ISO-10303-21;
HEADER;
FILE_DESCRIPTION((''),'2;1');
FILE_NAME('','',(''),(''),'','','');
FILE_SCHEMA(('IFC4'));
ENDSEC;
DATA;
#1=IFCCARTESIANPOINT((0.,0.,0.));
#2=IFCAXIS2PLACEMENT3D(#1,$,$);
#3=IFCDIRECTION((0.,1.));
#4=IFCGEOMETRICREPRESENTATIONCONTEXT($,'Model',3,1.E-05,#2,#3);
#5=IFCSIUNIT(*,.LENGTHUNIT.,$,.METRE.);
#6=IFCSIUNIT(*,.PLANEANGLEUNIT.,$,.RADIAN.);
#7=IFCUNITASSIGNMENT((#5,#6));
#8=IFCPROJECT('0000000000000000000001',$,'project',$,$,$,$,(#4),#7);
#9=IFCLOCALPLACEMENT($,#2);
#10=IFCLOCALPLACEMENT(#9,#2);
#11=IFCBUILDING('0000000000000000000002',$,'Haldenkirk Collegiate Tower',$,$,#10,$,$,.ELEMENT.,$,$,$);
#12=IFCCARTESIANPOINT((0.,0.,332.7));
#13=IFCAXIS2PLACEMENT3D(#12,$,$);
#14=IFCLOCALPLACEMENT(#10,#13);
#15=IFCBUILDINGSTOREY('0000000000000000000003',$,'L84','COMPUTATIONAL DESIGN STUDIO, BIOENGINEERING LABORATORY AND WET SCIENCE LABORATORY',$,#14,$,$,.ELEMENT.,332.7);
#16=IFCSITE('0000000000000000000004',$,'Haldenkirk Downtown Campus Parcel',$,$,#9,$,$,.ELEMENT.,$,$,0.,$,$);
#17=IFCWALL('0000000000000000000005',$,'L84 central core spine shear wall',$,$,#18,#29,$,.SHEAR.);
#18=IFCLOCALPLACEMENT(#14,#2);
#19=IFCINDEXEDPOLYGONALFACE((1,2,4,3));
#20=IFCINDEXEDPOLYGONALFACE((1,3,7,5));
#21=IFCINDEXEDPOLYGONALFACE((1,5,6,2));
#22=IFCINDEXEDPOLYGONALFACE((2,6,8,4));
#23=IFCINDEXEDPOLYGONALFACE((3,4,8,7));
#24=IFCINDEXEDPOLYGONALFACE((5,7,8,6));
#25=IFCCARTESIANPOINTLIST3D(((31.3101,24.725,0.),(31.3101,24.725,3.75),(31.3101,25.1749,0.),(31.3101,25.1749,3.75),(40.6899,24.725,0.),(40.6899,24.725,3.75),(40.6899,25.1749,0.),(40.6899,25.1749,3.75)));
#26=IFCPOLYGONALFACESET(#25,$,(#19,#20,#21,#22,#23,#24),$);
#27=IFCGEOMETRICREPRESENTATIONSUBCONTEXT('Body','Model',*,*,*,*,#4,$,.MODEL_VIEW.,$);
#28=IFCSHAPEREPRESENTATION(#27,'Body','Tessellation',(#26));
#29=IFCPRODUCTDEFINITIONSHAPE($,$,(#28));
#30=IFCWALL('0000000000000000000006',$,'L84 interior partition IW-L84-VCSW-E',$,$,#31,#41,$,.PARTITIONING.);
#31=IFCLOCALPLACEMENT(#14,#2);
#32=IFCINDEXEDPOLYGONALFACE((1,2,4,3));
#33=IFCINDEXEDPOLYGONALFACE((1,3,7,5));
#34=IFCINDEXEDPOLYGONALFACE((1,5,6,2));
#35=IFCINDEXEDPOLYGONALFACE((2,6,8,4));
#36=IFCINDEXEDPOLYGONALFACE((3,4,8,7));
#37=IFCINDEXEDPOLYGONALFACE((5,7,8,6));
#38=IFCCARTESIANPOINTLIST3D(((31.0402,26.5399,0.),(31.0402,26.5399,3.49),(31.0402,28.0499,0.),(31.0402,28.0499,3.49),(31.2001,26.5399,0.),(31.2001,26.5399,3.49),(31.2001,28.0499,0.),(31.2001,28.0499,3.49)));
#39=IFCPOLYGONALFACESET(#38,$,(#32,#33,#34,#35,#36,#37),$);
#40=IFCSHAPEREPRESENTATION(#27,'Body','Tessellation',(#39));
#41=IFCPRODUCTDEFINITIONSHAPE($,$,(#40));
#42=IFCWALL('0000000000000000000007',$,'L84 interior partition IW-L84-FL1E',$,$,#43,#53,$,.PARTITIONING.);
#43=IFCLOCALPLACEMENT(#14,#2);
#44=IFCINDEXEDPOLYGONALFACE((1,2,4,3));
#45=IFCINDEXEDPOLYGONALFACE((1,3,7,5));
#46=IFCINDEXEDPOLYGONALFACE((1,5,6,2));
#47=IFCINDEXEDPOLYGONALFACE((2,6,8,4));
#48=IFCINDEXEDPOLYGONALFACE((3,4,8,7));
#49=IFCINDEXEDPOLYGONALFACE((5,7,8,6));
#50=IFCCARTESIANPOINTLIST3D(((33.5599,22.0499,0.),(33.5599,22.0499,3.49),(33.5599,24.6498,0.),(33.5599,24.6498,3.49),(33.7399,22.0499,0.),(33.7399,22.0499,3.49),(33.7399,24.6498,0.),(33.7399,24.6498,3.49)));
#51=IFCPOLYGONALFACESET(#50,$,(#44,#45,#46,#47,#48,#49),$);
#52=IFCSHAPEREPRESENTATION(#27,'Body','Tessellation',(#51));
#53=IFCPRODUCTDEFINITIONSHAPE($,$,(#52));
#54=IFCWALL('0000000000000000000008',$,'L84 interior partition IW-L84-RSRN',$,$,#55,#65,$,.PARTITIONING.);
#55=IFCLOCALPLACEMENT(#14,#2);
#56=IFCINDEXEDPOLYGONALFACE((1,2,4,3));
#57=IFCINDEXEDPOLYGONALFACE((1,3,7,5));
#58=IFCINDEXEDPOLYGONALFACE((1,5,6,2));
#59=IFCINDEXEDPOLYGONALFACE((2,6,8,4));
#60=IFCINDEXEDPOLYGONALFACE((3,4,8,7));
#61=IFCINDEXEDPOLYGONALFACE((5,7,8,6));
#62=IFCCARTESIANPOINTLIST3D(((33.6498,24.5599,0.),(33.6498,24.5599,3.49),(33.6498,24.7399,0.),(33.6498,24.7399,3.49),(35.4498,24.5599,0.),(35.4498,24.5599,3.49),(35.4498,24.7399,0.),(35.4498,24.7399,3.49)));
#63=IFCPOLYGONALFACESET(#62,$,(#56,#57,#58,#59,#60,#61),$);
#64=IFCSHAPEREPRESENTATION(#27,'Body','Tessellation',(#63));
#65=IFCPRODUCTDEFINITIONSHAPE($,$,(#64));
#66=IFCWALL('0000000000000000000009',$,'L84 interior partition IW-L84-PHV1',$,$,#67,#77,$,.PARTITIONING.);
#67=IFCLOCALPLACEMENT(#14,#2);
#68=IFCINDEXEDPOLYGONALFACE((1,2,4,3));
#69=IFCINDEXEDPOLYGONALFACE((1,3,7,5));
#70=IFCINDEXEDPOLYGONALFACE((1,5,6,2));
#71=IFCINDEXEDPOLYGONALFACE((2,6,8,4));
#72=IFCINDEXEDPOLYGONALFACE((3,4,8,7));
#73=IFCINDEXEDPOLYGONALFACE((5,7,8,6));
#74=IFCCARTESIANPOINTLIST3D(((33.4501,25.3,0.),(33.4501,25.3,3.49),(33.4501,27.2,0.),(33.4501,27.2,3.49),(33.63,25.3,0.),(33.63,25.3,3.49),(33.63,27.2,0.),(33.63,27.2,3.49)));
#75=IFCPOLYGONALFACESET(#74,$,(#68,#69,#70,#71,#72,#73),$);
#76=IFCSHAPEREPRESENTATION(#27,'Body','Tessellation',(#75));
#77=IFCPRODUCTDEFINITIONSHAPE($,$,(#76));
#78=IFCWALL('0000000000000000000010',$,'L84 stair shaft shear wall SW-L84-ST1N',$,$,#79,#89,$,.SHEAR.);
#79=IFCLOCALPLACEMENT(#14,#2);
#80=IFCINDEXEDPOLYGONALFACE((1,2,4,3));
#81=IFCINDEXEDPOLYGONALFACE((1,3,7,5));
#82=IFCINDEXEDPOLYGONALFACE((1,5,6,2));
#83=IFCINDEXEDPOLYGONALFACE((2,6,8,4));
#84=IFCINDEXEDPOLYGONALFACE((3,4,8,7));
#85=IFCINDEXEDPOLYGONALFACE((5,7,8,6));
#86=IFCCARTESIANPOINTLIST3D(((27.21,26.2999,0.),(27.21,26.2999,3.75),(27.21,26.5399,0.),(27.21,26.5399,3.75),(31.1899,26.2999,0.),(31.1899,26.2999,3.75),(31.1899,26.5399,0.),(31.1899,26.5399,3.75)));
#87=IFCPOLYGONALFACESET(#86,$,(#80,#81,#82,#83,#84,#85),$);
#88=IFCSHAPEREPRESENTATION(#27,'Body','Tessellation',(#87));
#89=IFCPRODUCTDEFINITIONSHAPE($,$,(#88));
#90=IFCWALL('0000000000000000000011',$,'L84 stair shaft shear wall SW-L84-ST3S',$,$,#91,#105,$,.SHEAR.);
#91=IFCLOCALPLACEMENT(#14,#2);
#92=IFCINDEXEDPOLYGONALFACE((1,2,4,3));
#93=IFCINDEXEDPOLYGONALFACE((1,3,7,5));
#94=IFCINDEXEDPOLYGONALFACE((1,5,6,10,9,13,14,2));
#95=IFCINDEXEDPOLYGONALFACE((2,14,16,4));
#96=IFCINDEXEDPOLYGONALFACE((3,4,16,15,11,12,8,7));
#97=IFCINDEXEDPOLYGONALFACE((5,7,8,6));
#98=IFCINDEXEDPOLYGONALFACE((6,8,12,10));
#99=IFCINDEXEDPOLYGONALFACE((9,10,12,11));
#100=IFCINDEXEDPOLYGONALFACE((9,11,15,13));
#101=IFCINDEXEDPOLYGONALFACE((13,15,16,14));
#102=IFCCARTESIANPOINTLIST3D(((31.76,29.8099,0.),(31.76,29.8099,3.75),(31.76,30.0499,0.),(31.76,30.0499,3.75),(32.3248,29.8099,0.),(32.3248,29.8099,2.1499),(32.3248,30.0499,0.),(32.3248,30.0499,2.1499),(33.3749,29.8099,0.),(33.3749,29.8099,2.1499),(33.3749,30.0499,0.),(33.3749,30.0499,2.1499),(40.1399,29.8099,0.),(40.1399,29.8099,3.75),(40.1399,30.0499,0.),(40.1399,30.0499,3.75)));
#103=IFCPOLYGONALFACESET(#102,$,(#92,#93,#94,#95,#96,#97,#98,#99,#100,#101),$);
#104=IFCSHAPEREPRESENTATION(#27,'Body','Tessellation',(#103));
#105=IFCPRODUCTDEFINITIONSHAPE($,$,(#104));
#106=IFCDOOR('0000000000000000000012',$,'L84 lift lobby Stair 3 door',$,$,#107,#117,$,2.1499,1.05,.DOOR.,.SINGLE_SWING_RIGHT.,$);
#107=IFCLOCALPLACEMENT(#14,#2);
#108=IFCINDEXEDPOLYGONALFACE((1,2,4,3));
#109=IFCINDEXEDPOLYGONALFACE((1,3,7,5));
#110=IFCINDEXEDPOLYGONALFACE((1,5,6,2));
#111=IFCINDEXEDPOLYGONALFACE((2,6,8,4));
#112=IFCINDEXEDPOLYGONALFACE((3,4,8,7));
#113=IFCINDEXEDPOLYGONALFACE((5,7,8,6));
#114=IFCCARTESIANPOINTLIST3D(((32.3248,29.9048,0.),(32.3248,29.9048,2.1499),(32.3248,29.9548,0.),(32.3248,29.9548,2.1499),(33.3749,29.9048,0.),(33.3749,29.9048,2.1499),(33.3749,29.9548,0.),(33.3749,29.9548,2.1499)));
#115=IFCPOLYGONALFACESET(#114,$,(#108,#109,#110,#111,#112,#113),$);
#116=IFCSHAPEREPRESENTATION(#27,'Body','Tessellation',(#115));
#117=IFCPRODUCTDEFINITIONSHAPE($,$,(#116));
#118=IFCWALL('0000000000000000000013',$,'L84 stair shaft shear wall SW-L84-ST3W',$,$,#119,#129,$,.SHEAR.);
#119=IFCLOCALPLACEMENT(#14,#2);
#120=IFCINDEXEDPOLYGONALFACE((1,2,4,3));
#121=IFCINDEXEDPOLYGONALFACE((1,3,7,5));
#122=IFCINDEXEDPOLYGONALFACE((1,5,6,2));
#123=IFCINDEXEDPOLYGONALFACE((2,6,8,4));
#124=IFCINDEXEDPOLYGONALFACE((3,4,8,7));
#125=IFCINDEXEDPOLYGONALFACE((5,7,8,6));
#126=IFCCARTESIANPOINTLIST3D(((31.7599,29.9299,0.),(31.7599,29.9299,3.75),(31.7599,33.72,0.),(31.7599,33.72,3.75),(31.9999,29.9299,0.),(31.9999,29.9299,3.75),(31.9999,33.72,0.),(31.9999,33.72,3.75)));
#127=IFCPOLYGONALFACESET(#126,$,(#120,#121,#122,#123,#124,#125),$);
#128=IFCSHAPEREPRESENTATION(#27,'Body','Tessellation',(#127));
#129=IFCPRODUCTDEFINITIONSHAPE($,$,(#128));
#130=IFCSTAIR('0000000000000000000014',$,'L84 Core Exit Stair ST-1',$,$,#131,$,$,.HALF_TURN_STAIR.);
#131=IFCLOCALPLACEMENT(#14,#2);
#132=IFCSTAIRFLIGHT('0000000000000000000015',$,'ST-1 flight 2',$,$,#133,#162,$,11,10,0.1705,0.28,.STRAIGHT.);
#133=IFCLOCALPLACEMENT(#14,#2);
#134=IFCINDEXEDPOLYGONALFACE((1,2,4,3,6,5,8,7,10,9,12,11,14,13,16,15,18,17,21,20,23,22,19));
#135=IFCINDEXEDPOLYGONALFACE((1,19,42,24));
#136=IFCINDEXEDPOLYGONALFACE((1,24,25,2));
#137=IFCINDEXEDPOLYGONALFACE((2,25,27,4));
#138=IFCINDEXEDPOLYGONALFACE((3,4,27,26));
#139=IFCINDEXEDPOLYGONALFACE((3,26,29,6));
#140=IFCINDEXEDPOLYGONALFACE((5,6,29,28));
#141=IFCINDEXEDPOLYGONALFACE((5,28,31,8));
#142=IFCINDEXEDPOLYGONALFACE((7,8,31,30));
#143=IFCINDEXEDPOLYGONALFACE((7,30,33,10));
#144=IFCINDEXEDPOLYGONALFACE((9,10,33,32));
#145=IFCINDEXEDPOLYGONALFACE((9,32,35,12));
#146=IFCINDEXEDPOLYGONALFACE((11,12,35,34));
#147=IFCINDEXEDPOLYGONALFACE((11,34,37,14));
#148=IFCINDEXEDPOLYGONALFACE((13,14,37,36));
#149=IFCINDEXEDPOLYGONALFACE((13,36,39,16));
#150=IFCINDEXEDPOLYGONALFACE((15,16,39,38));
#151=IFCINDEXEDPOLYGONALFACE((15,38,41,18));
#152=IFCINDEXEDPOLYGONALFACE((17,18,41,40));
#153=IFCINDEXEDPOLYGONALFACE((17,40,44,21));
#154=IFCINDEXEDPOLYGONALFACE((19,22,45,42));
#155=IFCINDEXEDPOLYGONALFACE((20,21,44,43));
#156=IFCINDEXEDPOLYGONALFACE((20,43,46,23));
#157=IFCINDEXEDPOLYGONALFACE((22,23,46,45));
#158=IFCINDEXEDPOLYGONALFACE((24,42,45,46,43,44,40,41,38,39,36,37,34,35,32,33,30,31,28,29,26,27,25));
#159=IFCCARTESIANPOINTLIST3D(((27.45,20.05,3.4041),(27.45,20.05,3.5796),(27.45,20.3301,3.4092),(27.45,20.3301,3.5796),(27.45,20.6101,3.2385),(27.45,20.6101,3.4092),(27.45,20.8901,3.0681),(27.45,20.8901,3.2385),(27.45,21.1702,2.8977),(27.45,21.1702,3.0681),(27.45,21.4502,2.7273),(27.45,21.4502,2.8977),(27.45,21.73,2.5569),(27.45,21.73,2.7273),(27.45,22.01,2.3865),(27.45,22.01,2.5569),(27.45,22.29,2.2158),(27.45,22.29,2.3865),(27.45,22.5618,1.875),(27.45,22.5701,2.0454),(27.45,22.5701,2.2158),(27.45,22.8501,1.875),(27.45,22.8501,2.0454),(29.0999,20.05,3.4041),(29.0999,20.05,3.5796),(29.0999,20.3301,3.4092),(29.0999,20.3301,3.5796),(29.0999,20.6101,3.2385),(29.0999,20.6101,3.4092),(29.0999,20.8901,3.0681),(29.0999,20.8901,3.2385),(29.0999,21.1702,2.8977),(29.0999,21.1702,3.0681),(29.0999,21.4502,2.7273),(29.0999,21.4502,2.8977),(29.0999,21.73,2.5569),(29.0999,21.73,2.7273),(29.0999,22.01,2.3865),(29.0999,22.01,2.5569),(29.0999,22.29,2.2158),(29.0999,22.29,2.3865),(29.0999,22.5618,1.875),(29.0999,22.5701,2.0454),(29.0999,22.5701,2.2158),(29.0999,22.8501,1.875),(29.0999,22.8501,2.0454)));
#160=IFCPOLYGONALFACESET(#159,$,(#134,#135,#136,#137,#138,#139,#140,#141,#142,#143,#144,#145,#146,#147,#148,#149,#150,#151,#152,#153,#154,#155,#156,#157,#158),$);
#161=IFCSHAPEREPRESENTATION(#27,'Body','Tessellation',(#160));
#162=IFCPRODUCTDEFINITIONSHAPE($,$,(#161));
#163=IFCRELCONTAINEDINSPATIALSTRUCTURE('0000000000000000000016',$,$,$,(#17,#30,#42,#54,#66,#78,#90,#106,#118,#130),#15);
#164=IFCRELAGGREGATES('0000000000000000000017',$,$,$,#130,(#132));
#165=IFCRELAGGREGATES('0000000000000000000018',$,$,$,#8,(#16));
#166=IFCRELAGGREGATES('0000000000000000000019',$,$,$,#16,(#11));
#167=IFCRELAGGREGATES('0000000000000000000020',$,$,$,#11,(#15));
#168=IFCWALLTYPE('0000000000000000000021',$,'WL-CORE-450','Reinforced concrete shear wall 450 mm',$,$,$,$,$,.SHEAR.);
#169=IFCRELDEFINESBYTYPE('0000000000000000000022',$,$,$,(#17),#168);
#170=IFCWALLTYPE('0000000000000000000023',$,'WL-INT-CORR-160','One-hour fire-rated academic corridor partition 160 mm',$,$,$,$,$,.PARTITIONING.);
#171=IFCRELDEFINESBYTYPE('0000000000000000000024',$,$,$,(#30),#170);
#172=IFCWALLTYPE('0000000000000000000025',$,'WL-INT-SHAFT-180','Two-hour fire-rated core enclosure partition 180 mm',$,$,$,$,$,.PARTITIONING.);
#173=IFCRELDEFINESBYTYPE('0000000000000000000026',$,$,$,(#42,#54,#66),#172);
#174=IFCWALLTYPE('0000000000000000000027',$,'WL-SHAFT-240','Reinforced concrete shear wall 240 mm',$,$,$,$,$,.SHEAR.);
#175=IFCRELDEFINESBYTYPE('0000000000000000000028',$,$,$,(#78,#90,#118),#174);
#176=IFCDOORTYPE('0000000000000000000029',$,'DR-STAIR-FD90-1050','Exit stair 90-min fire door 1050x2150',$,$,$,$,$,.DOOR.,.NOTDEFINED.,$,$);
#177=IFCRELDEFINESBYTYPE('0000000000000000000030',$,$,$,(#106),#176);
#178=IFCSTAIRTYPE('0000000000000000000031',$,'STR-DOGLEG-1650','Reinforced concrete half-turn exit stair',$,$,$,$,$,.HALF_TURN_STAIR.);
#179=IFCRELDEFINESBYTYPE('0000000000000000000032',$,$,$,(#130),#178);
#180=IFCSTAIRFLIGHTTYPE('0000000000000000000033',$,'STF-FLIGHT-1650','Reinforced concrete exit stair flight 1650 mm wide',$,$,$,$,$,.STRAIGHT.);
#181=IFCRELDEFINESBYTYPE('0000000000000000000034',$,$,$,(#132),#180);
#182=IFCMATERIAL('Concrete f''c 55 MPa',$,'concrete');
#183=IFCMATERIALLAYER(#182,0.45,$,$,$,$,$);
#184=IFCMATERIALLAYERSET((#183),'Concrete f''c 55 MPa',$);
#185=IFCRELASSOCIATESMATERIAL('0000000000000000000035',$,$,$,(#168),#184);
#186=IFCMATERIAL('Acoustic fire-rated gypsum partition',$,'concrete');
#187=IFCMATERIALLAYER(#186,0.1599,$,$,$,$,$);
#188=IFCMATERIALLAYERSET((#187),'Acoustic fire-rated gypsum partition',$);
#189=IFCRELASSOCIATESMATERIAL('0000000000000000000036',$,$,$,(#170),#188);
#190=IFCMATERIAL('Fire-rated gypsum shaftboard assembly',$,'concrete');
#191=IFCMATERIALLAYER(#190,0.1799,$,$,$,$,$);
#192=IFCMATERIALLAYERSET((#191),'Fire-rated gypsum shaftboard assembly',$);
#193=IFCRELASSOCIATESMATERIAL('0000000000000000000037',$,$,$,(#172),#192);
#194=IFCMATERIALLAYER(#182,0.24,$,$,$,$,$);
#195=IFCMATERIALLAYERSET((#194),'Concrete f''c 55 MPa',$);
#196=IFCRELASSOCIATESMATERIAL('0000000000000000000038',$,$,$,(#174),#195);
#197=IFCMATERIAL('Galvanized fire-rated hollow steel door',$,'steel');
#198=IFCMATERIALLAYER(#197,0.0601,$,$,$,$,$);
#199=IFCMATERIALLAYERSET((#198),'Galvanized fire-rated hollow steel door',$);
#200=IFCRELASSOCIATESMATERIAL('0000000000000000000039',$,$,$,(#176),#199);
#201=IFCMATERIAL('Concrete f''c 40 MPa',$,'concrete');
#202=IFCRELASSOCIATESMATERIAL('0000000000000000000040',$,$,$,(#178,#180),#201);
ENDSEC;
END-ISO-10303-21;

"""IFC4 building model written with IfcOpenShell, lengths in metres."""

from ifc_helpers import new_model, si_unit, direction, frame, frame_2d, origin, place, context, subcontext, project, spatial, polyline, rectangle, outline, extrude, material, layer, layer_set, type_object, element, fill, aggregate, save


model = new_model("IFC4")

# Units and contexts
model_context = context("Model", 3, precision=1e-05, world=origin(), true_north=direction((0.0, 1.0)))
body_context = subcontext(model_context, "Body", "Model", "MODEL_VIEW")
ifc_project = project(units=[si_unit("LENGTHUNIT", "METRE"), si_unit("PLANEANGLEUNIT", "RADIAN")], contexts=[model_context])

# Site, building, storey
site_placement = place(None, origin())
site = spatial("IfcSite", under=ifc_project, at=site_placement, Name="Haldenkirk Downtown Campus Parcel", CompositionType="ELEMENT", RefElevation=0.0)
building_placement = place(site_placement, origin())
building = spatial("IfcBuilding", under=site, at=building_placement, Name="Haldenkirk Collegiate Tower", CompositionType="ELEMENT")
storey_placement = place(building_placement, frame((0.0, 0.0, 332.7)))
storey = spatial("IfcBuildingStorey", under=building, at=storey_placement, Name="L84", Description="COMPUTATIONAL DESIGN STUDIO, BIOENGINEERING LABORATORY AND WET SCIENCE LABORATORY", CompositionType="ELEMENT", Elevation=332.7)

# Wall
ifc_material_1 = material(Name="Concrete f'c 55 MPa", Category="concrete")
ifc_layer_1 = layer(ifc_material_1, 0.45)
ifc_layer_set_1 = layer_set([ifc_layer_1], Name="Concrete f'c 55 MPa")
wall_type_1 = type_object("IfcWallType", Name="WL-CORE-450", Description="Reinforced concrete shear wall 450 mm", PredefinedType="SHEAR", material=ifc_layer_set_1)
wall_1_placement = place(storey_placement, frame((31.3101, 24.95, 0.0), z_axis=(0.0, 0.0, 1.0), x_axis=(1.0, 0.0, 0.0)))
element("IfcWall", 1, at=wall_1_placement, inside=storey, type_object=wall_type_1, Name="L84 central core spine shear wall", PredefinedType="SHEAR", context=body_context, shape_type="SweptSolid", body=[
    extrude(rectangle(XDim=9.3799, YDim=0.45, at=frame_2d((4.6899, 0.0))), origin(), (0.0, 0.0, 1.0), 3.75),
])

# Shared definitions
ifc_material_2 = material(Name="Acoustic fire-rated gypsum partition", Category="concrete")
ifc_layer_2 = layer(ifc_material_2, 0.1599)
ifc_layer_set_2 = layer_set([ifc_layer_2], Name="Acoustic fire-rated gypsum partition")
wall_type_2 = type_object("IfcWallType", Name="WL-INT-CORR-160", Description="One-hour fire-rated academic corridor partition 160 mm", PredefinedType="PARTITIONING", material=ifc_layer_set_2)

# Wall
wall_2_placement = place(storey_placement, frame((31.1201, 26.54, 0.0), z_axis=(0.0, 0.0, 1.0), x_axis=(0.0, 1.0, 0.0)))
element("IfcWall", 2, at=wall_2_placement, inside=storey, type_object=wall_type_2, Name="L84 interior partition IW-L84-VCSW-E", PredefinedType="PARTITIONING", context=body_context, shape_type="SweptSolid", body=[
    extrude(rectangle(XDim=1.51, YDim=0.1599, at=frame_2d((0.7549, 0.0))), origin(), (0.0, 0.0, 1.0), 3.49),
])

# Walls
ifc_material_3 = material(Name="Fire-rated gypsum shaftboard assembly", Category="concrete")
ifc_layer_3 = layer(ifc_material_3, 0.1799)
ifc_layer_set_3 = layer_set([ifc_layer_3], Name="Fire-rated gypsum shaftboard assembly")
wall_type_3 = type_object("IfcWallType", Name="WL-INT-SHAFT-180", Description="Two-hour fire-rated core enclosure partition 180 mm", PredefinedType="PARTITIONING", material=ifc_layer_set_3)
wall_3_placement = place(storey_placement, frame((33.6499, 22.05, 0.0), z_axis=(0.0, 0.0, 1.0), x_axis=(0.0, 1.0, 0.0)))
element("IfcWall", 3, at=wall_3_placement, inside=storey, type_object=wall_type_3, Name="L84 interior partition IW-L84-FL1E", PredefinedType="PARTITIONING", context=body_context, shape_type="SweptSolid", body=[
    extrude(rectangle(XDim=2.5999, YDim=0.1799, at=frame_2d((1.2998, 0.0))), origin(), (0.0, 0.0, 1.0), 3.49),
])
wall_4_placement = place(storey_placement, frame((33.6499, 24.6499, 0.0), z_axis=(0.0, 0.0, 1.0), x_axis=(1.0, 0.0, 0.0)))
element("IfcWall", 4, at=wall_4_placement, inside=storey, type_object=wall_type_3, Name="L84 interior partition IW-L84-RSRN", PredefinedType="PARTITIONING", context=body_context, shape_type="SweptSolid", body=[
    extrude(rectangle(XDim=1.8, YDim=0.1799, at=frame_2d((0.8999, 0.0))), origin(), (0.0, 0.0, 1.0), 3.49),
])

# Walls
wall_5_placement = place(storey_placement, frame((33.54, 25.3, 0.0), z_axis=(0.0, 0.0, 1.0), x_axis=(0.0, 1.0, 0.0)))
element("IfcWall", 5, at=wall_5_placement, inside=storey, type_object=wall_type_3, Name="L84 interior partition IW-L84-PHV1", PredefinedType="PARTITIONING", context=body_context, shape_type="SweptSolid", body=[
    extrude(rectangle(XDim=1.8999, YDim=0.1799, at=frame_2d((0.95, 0.0))), origin(), (0.0, 0.0, 1.0), 3.49),
])
ifc_layer_4 = layer(ifc_material_1, 0.24)
ifc_layer_set_4 = layer_set([ifc_layer_4], Name="Concrete f'c 55 MPa")
wall_type_4 = type_object("IfcWallType", Name="WL-SHAFT-240", Description="Reinforced concrete shear wall 240 mm", PredefinedType="SHEAR", material=ifc_layer_set_4)
wall_6_placement = place(storey_placement, frame((27.21, 26.4199, 0.0), z_axis=(0.0, 0.0, 1.0), x_axis=(1.0, 0.0, 0.0)))
element("IfcWall", 6, at=wall_6_placement, inside=storey, type_object=wall_type_4, Name="L84 stair shaft shear wall SW-L84-ST1N", PredefinedType="SHEAR", context=body_context, shape_type="SweptSolid", body=[
    extrude(rectangle(XDim=3.98, YDim=0.24, at=frame_2d((1.99, 0.0))), origin(), (0.0, 0.0, 1.0), 3.75),
])

# Wall, opening, door
wall_7_placement = place(storey_placement, frame((31.76, 29.9299, 0.0), z_axis=(0.0, 0.0, 1.0), x_axis=(1.0, 0.0, 0.0)))
wall_7 = element("IfcWall", 7, at=wall_7_placement, inside=storey, type_object=wall_type_4, Name="L84 stair shaft shear wall SW-L84-ST3S", PredefinedType="SHEAR", context=body_context, shape_type="SweptSolid", body=[
    extrude(rectangle(XDim=8.3799, YDim=0.24, at=frame_2d((4.1899, 0.0))), origin(), (0.0, 0.0, 1.0), 3.75),
])
opening_1_placement = place(wall_7_placement, frame((0.5649, 0.0, 0.0)))
opening_1 = element("IfcOpeningElement", 8, at=opening_1_placement, cuts=wall_7, PredefinedType="OPENING", context=body_context, shape_type="SweptSolid", body=[
    extrude(rectangle(XDim=1.05, YDim=2.1499, at=frame_2d((0.5249, 1.075))), frame((0.0, 0.1299, 0.0), z_axis=(0.0, -1.0, 0.0), x_axis=(1.0, 0.0, 0.0)), (0.0, 0.0, 1.0), 0.26),
])
ifc_material_4 = material(Name="Galvanized fire-rated hollow steel door", Category="steel")
ifc_layer_5 = layer(ifc_material_4, 0.0601)
ifc_layer_set_5 = layer_set([ifc_layer_5], Name="Galvanized fire-rated hollow steel door")
door_type_1 = type_object("IfcDoorType", Name="DR-STAIR-FD90-1050", Description="Exit stair 90-min fire door 1050x2150", OperationType="NOTDEFINED", PredefinedType="DOOR", material=ifc_layer_set_5)
door_1_placement = place(opening_1_placement, origin())
door_1 = element("IfcDoor", 9, at=door_1_placement, inside=storey, type_object=door_type_1, Name="L84 lift lobby Stair 3 door", OperationType="SINGLE_SWING_RIGHT", OverallHeight=2.1499, OverallWidth=1.05, PredefinedType="DOOR", context=body_context, shape_type="SweptSolid", body=[
    extrude(rectangle(XDim=1.05, YDim=2.1499, at=frame_2d((0.5249, 1.075))), frame((0.0, 0.0249, 0.0), z_axis=(0.0, -1.0, 0.0), x_axis=(1.0, 0.0, 0.0)), (0.0, 0.0, 1.0), 0.05),
])
fill(opening_1, door_1)

# Wall
wall_8_placement = place(storey_placement, frame((31.8799, 29.9299, 0.0), z_axis=(0.0, 0.0, 1.0), x_axis=(0.0, 1.0, 0.0)))
element("IfcWall", 10, at=wall_8_placement, inside=storey, type_object=wall_type_4, Name="L84 stair shaft shear wall SW-L84-ST3W", PredefinedType="SHEAR", context=body_context, shape_type="SweptSolid", body=[
    extrude(rectangle(XDim=3.79, YDim=0.24, at=frame_2d((1.895, 0.0))), origin(), (0.0, 0.0, 1.0), 3.75),
])

# Stair, stair flight
ifc_material_5 = material(Name="Concrete f'c 40 MPa", Category="concrete")
stair_type = type_object("IfcStairType", Name="STR-DOGLEG-1650", Description="Reinforced concrete half-turn exit stair", PredefinedType="HALF_TURN_STAIR", material=ifc_material_5)
stair_1_placement = place(storey_placement, origin())
stair_1 = element("IfcStair", 11, at=stair_1_placement, inside=storey, type_object=stair_type, Name="L84 Core Exit Stair ST-1", PredefinedType="HALF_TURN_STAIR")
stair_flight_type = type_object("IfcStairFlightType", Name="STF-FLIGHT-1650", Description="Reinforced concrete exit stair flight 1650 mm wide", PredefinedType="STRAIGHT", material=ifc_material_5)
stair_flight_1_placement = place(storey_placement, frame((28.2749, 22.8501, 1.875), z_axis=(0.0, 0.0, 1.0), x_axis=(0.0, -1.0, 0.0)))
stair_flight_1 = element("IfcStairFlight", 12, at=stair_flight_1_placement, type_object=stair_flight_type, Name="ST-1 flight 2", NumberOfRisers=11, NumberOfTreads=10, PredefinedType="STRAIGHT", RiserHeight=0.1705, TreadLength=0.28, context=body_context, shape_type="SweptSolid", body=[
    extrude(outline(polyline([(0.0, 0.0), (0.0, 0.1704), (0.28, 0.1704), (0.28, 0.3408), (0.5601, 0.3408), (0.5601, 0.5115), (0.8401, 0.5115), (0.8401, 0.6819), (1.1201, 0.6819), (1.1201, 0.8523), (1.3999, 0.8523), (1.3999, 1.0227), (1.6799, 1.0227), (1.6799, 1.1931), (1.96, 1.1931), (1.96, 1.3635), (2.24, 1.3635), (2.24, 1.5342), (2.52, 1.5342), (2.52, 1.7046), (2.8, 1.7046), (2.8, 1.875), (2.8, 1.5291), (0.2883, 0.0), (0.0, 0.0)])), frame((0.0, 0.825, 0.0), z_axis=(0.0, -1.0, 0.0), x_axis=(1.0, 0.0, 0.0)), (0.0, 0.0, 1.0), 1.6499),
])
aggregate(stair_1, [stair_flight_1])

save(model, "model.ifc")
